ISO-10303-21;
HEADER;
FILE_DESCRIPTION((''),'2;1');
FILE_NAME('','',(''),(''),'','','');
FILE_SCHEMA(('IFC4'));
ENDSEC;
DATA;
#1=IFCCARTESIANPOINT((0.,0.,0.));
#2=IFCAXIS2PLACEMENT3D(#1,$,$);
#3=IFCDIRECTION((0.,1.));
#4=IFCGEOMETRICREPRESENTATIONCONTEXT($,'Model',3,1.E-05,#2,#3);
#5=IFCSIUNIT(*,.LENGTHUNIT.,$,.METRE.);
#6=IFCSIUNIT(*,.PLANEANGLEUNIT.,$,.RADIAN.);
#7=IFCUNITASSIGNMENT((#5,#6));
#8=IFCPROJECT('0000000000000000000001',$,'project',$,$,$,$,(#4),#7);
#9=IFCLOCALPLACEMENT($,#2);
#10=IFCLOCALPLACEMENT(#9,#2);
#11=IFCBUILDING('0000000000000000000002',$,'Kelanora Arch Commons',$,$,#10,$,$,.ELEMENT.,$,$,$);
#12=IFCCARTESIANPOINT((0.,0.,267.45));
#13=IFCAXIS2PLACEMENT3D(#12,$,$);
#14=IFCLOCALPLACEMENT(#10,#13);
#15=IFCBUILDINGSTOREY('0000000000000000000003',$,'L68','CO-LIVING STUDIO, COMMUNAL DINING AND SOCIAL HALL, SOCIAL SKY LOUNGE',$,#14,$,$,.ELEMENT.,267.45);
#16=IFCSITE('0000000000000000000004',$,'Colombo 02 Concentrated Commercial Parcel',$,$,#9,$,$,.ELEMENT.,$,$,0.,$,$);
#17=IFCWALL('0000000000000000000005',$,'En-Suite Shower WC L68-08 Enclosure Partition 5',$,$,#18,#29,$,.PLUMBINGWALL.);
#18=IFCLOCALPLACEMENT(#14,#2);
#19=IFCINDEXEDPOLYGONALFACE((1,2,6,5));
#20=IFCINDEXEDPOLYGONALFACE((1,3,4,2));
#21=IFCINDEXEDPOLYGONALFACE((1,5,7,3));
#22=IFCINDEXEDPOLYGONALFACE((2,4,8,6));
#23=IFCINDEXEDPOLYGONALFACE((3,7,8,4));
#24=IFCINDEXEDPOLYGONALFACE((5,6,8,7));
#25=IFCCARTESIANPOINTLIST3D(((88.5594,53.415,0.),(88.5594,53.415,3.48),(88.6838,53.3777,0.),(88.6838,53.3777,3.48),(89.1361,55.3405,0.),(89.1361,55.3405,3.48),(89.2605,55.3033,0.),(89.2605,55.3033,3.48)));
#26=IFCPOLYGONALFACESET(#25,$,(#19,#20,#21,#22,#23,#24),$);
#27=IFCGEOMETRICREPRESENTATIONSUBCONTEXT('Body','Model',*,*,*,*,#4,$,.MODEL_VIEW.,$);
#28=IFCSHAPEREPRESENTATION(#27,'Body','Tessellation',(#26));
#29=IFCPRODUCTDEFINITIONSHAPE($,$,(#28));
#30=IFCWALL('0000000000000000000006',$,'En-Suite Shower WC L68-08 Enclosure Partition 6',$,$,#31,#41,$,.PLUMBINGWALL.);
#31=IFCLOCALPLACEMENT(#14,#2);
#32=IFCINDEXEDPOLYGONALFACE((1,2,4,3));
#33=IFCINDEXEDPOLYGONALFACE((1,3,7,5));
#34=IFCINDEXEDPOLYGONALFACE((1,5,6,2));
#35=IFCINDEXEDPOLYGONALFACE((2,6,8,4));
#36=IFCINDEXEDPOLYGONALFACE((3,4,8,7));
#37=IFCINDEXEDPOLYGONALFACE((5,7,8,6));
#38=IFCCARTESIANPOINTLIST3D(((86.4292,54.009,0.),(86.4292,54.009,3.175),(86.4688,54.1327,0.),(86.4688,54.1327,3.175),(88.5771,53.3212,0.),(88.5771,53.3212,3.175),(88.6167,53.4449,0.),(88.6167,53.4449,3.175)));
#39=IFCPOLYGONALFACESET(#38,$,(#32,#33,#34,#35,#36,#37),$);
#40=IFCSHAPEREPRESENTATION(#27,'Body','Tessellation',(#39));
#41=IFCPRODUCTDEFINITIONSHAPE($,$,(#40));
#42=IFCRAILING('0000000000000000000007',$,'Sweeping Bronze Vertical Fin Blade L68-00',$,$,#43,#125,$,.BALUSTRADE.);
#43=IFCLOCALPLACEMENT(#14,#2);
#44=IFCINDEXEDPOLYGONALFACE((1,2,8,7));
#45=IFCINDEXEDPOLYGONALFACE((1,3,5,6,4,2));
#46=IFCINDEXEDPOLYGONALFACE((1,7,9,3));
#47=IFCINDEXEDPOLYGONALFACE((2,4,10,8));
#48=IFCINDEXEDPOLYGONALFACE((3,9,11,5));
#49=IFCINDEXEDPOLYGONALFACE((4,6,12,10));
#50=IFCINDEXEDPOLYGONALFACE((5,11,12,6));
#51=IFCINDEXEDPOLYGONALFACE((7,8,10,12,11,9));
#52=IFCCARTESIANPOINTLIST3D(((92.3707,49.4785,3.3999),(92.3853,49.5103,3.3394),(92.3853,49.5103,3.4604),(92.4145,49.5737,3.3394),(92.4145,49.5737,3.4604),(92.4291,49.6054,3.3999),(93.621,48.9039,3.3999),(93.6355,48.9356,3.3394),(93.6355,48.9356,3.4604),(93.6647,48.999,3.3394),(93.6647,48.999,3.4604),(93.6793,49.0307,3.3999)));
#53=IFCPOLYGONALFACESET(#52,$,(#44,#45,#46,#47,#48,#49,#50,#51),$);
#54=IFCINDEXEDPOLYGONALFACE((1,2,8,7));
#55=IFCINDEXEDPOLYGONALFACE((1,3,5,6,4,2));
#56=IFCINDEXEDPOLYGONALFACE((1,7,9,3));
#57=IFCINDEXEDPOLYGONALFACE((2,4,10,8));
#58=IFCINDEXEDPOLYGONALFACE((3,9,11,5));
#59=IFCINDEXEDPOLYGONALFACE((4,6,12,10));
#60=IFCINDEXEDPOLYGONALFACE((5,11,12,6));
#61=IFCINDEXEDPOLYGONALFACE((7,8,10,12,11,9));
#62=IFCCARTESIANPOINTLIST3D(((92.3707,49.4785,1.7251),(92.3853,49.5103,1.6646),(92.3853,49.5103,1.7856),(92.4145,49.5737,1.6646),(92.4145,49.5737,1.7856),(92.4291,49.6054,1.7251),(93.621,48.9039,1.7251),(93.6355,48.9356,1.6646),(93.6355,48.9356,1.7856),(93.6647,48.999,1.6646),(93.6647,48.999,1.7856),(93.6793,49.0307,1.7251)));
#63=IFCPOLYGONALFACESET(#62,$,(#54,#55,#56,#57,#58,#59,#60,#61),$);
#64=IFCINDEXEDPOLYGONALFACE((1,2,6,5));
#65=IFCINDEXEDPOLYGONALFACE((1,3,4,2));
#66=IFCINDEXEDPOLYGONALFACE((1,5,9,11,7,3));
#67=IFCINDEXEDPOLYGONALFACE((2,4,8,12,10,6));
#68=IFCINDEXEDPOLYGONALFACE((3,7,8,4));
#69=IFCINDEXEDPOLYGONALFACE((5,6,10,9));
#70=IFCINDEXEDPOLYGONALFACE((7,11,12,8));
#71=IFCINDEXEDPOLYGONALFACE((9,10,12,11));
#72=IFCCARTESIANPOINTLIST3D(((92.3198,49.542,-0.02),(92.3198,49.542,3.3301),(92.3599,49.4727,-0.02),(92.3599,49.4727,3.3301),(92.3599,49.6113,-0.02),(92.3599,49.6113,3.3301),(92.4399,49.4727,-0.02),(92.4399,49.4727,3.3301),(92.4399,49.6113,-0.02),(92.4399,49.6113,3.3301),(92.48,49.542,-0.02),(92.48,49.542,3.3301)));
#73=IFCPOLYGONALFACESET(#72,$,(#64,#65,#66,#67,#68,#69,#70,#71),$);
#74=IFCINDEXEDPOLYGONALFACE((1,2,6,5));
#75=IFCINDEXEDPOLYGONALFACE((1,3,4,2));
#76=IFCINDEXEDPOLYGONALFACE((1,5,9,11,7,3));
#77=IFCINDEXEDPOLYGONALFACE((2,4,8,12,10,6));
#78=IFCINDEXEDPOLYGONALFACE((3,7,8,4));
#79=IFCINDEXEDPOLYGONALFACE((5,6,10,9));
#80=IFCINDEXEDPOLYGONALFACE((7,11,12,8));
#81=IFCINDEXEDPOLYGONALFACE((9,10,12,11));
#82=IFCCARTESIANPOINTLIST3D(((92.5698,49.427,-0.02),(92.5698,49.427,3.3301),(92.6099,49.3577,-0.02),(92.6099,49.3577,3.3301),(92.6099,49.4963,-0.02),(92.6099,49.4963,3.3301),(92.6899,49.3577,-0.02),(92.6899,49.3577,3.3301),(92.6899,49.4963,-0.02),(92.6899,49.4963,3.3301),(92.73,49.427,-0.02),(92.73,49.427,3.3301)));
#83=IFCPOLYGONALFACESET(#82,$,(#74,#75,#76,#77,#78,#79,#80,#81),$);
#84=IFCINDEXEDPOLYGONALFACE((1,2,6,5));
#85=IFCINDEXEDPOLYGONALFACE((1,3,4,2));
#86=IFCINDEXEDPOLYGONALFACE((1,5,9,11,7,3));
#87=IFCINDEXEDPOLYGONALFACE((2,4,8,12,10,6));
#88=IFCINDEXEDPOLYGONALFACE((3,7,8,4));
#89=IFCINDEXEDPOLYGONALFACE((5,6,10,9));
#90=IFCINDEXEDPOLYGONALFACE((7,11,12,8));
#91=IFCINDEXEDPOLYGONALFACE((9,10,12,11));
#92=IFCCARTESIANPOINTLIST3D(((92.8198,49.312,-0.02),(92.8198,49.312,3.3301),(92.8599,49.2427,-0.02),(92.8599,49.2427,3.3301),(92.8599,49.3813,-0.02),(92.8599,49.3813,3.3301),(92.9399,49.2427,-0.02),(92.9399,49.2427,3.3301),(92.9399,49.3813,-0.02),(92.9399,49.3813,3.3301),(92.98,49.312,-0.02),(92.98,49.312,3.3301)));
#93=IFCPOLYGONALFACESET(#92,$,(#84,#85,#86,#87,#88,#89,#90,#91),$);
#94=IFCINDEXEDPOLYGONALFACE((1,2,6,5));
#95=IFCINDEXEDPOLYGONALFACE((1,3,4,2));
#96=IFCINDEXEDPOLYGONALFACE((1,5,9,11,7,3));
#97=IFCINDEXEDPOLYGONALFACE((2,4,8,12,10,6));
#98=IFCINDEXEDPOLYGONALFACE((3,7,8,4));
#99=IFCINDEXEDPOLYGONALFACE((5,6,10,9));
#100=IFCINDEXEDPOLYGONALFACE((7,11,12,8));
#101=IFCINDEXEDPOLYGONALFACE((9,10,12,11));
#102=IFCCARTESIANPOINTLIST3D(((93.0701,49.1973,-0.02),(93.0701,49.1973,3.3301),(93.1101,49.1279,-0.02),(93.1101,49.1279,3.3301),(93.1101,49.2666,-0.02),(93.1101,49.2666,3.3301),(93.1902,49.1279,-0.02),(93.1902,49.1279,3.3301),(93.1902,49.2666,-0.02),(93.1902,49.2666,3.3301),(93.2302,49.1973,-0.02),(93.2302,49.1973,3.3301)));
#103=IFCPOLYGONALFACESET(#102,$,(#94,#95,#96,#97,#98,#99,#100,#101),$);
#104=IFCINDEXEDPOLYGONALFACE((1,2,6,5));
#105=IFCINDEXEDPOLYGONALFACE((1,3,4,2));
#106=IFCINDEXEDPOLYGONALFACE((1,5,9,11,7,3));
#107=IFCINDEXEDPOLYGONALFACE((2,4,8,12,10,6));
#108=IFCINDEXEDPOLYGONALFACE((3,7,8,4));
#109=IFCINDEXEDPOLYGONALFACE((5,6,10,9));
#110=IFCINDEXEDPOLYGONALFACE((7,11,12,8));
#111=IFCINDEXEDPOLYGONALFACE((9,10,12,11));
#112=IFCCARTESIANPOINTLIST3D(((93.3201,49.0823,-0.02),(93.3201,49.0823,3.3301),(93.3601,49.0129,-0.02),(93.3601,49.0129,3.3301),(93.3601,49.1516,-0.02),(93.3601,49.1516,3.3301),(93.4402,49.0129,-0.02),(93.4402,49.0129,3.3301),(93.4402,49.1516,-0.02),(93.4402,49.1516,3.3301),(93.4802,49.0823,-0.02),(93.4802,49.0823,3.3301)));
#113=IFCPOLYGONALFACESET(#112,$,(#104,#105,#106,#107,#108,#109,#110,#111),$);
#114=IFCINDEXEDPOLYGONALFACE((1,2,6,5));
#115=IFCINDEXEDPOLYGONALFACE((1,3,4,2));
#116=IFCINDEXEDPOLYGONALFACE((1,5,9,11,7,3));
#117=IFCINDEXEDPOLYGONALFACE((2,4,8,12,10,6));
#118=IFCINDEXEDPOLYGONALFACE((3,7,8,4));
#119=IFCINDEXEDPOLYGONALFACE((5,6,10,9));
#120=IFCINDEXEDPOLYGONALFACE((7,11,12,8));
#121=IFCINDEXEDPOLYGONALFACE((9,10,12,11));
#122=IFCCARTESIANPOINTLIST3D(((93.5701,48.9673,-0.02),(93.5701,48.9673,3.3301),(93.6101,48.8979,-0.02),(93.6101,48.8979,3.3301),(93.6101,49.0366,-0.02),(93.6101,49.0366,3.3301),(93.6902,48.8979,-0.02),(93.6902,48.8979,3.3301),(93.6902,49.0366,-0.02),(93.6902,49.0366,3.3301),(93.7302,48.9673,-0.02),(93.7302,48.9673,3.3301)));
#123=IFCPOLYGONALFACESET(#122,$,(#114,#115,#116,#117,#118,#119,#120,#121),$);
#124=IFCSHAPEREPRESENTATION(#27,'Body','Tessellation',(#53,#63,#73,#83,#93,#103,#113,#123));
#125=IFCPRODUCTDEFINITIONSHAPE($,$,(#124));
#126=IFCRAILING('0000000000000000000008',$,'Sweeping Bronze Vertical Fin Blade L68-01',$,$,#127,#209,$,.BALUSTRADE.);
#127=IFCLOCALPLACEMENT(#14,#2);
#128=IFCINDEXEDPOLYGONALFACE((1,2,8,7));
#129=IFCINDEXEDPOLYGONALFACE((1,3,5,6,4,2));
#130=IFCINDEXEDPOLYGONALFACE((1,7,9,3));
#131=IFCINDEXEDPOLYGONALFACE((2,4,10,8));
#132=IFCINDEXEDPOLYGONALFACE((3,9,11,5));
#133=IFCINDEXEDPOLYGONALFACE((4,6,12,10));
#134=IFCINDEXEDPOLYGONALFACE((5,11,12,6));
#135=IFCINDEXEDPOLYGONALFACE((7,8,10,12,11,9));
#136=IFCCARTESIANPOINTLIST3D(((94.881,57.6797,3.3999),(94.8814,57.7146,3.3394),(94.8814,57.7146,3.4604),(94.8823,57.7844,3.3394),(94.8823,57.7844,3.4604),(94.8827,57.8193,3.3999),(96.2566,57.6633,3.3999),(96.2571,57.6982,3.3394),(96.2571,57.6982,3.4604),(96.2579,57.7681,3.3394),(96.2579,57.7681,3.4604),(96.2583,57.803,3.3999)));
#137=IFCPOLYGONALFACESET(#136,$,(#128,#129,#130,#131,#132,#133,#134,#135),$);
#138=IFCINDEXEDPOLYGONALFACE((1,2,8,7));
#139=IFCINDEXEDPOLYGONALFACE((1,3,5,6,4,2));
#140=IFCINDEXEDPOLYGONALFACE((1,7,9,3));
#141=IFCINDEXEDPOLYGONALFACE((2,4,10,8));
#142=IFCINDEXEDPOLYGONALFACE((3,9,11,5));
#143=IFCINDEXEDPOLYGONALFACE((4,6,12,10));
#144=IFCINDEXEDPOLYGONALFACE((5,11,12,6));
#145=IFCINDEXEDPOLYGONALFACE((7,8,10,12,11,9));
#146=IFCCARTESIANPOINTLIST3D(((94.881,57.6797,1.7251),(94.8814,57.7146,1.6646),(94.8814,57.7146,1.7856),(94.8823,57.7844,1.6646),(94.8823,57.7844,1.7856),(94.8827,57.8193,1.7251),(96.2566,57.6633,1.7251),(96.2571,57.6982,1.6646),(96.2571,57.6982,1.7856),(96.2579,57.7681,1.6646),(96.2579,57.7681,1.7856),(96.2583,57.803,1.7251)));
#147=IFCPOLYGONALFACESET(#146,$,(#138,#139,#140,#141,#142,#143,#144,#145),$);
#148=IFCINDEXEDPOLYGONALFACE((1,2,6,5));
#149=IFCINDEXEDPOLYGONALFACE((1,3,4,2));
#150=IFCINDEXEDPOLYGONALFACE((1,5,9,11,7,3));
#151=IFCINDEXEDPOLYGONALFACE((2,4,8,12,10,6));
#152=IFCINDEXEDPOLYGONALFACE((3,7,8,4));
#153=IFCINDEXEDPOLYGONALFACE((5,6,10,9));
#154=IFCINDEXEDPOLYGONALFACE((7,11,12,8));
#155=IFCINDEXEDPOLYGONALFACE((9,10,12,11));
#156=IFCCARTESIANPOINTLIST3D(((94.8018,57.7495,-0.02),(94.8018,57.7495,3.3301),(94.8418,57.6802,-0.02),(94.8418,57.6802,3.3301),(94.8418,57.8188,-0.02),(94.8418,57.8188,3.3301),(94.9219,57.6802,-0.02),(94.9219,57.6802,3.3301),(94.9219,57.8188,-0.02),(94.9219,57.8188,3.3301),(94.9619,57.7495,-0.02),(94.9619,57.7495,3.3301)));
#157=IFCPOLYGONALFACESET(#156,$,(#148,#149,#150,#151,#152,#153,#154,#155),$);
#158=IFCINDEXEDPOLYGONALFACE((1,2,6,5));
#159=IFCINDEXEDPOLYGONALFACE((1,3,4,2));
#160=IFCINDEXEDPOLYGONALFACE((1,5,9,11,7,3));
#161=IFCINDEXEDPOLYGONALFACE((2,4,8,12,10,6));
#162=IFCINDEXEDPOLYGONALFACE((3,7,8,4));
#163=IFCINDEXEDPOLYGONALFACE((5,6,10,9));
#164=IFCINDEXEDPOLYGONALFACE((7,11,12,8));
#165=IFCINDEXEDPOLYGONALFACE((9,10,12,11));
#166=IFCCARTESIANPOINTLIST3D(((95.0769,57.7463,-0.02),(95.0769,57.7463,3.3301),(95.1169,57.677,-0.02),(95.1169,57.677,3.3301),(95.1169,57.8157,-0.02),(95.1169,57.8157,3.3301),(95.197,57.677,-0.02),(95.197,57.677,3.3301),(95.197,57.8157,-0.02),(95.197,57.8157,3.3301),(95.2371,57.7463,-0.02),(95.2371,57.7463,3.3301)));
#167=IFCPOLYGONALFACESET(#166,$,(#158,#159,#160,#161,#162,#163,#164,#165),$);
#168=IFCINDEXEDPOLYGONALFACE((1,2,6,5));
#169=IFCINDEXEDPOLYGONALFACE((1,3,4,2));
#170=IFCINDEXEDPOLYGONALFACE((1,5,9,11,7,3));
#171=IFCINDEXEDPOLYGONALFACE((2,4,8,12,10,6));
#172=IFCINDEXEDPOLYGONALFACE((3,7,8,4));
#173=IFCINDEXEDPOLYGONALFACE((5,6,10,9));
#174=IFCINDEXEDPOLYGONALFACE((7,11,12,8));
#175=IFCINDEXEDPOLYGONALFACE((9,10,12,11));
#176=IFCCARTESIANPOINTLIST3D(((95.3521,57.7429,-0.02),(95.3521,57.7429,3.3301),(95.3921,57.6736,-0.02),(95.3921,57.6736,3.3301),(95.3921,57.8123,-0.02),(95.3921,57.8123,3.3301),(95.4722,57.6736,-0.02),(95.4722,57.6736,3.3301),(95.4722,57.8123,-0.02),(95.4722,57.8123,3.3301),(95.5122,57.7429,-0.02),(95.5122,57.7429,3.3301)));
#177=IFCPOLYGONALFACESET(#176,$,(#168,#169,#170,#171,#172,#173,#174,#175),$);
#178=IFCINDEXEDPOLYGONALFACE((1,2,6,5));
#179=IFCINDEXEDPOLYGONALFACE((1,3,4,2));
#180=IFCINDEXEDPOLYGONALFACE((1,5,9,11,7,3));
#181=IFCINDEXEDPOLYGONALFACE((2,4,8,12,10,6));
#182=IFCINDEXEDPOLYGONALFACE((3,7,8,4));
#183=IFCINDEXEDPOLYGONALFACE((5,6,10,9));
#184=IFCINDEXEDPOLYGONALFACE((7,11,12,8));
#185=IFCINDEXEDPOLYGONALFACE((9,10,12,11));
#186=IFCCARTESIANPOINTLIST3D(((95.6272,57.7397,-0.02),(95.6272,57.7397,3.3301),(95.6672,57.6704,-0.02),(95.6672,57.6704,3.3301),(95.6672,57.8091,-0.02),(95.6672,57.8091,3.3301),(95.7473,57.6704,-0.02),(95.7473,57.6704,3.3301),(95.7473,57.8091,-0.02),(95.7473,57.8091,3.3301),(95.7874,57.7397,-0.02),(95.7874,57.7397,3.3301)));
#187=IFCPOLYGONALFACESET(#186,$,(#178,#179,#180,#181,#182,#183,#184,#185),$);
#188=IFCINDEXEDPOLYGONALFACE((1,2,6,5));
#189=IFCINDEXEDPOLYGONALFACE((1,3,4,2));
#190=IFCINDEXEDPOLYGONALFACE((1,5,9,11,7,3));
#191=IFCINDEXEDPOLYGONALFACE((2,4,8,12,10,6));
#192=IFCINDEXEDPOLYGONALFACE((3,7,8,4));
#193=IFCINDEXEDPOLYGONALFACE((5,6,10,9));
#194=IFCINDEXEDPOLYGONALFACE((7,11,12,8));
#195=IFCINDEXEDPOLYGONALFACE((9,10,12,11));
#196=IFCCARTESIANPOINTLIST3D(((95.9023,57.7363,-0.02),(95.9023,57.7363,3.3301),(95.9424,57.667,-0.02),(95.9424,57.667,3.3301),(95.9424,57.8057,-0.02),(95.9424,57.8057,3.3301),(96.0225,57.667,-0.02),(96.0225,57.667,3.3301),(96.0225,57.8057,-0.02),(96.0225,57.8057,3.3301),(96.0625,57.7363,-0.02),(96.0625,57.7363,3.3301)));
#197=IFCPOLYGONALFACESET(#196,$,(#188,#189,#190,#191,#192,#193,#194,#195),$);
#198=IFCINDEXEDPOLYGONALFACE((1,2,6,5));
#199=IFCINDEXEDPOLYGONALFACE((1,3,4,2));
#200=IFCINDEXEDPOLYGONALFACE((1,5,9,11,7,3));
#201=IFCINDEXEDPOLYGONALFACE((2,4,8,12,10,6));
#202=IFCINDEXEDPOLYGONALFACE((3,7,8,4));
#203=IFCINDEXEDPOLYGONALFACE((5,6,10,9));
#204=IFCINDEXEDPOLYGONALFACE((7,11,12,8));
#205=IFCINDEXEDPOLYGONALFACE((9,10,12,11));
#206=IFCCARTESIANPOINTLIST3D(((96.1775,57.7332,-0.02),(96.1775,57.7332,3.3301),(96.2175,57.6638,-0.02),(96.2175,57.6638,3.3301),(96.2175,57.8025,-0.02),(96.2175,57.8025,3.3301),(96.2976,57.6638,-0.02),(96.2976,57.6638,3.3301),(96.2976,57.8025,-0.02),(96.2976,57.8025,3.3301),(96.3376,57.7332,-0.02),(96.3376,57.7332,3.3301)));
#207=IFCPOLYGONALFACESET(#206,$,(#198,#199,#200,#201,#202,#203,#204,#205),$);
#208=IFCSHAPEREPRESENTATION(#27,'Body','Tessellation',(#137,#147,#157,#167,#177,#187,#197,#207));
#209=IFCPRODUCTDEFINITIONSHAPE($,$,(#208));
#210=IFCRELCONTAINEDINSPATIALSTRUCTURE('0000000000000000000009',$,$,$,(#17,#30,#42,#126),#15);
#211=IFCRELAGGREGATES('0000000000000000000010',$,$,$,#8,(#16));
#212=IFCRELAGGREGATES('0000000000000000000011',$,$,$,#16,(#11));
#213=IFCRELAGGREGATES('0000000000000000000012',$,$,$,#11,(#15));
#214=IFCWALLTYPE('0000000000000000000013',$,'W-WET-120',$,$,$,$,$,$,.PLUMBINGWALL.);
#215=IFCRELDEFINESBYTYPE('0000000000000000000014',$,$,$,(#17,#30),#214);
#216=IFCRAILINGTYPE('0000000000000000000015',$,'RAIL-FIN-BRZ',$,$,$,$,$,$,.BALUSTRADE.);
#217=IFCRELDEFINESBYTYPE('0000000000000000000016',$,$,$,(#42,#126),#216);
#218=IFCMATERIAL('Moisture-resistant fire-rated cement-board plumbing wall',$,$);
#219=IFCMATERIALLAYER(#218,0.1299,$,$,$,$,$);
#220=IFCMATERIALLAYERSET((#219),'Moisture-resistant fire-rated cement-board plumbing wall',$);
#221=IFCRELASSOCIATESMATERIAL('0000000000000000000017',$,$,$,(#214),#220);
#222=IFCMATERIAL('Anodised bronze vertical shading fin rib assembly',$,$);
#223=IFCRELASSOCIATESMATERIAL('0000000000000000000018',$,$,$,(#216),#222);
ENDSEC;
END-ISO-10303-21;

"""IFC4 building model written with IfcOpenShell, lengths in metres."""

from ifc_helpers import new_model, si_unit, direction, frame, frame_2d, origin, place, context, subcontext, project, spatial, polyline, rectangle, outline, extrude, material, layer, layer_set, type_object, element, save


model = new_model("IFC4")

# Units and contexts
model_context = context("Model", 3, precision=1e-05, world=origin(), true_north=direction((0.0, 1.0)))
body_context = subcontext(model_context, "Body", "Model", "MODEL_VIEW")
ifc_project = project(units=[si_unit("LENGTHUNIT", "METRE"), si_unit("PLANEANGLEUNIT", "RADIAN")], contexts=[model_context])

# Site, building, storey
site_placement = place(None, origin())
site = spatial("IfcSite", under=ifc_project, at=site_placement, Name="Colombo 02 Concentrated Commercial Parcel", CompositionType="ELEMENT", RefElevation=0.0)
building_placement = place(site_placement, origin())
building = spatial("IfcBuilding", under=site, at=building_placement, Name="Kelanora Arch Commons", CompositionType="ELEMENT")
storey_placement = place(building_placement, frame((0.0, 0.0, 267.45)))
storey = spatial("IfcBuildingStorey", under=building, at=storey_placement, Name="L68", Description="CO-LIVING STUDIO, COMMUNAL DINING AND SOCIAL HALL, SOCIAL SKY LOUNGE", CompositionType="ELEMENT", Elevation=267.45)

# Shared definitions
ifc_material_1 = material(Name="Moisture-resistant fire-rated cement-board plumbing wall")
ifc_layer_1 = layer(ifc_material_1, 0.1299)
ifc_layer_set_1 = layer_set([ifc_layer_1], Name="Moisture-resistant fire-rated cement-board plumbing wall")
wall_type_1 = type_object("IfcWallType", Name="W-WET-120", PredefinedType="PLUMBINGWALL", material=ifc_layer_set_1)

# Walls
wall_1_placement = place(storey_placement, frame((89.1982, 55.3218, 0.0), z_axis=(0.0, 0.0, 1.0), x_axis=(-0.286891, -0.957963, 0.0)))
element("IfcWall", 1, at=wall_1_placement, inside=storey, type_object=wall_type_1, Name="En-Suite Shower WC L68-08 Enclosure Partition 5", PredefinedType="PLUMBINGWALL", context=body_context, shape_type="SweptSolid", body=[
    extrude(rectangle(XDim=2.01, YDim=0.1299, at=frame_2d((1.0049, 0.0))), origin(), (0.0, 0.0, 1.0), 3.48),
])
wall_2_placement = place(storey_placement, frame((88.5969, 53.3831, 0.0), z_axis=(0.0, 0.0, 1.0), x_axis=(-0.952373, 0.304937, 0.0)))
element("IfcWall", 2, at=wall_2_placement, inside=storey, type_object=wall_type_1, Name="En-Suite Shower WC L68-08 Enclosure Partition 6", PredefinedType="PLUMBINGWALL", context=body_context, shape_type="SweptSolid", body=[
    extrude(rectangle(XDim=2.2554, YDim=0.1299, at=frame_2d((1.1277, 0.0))), origin(), (0.0, 0.0, 1.0), 3.175),
])

# Railings
ifc_material_2 = material(Name="Anodised bronze vertical shading fin rib assembly")
railing_type = type_object("IfcRailingType", Name="RAIL-FIN-BRZ", PredefinedType="BALUSTRADE", material=ifc_material_2)
railing_1_placement = place(storey_placement, frame((92.3999, 49.542, -0.02)))
element("IfcRailing", 3, at=railing_1_placement, inside=storey, type_object=railing_type, Name="Sweeping Bronze Vertical Fin Blade L68-00", PredefinedType="BALUSTRADE", context=body_context, shape_type="SweptSolid", body=[
    extrude(outline(polyline([(0.0698, 0.0), (0.0349, 0.0605), (-0.0349, 0.0605), (-0.0698, 0.0), (-0.0349, -0.0605), (0.0349, -0.0605), (0.0698, 0.0)])), frame((0.0, 0.0, 3.4199), z_axis=(0.908602, -0.417663, 0.0), x_axis=(0.417663, 0.908602, 0.0)), (0.0, 0.0, 1.0), 1.376),
    extrude(outline(polyline([(0.0698, 0.0), (0.0349, 0.0605), (-0.0349, 0.0605), (-0.0698, 0.0), (-0.0349, -0.0605), (0.0349, -0.0605), (0.0698, 0.0)])), frame((0.0, 0.0, 1.7451), z_axis=(0.908602, -0.417663, 0.0), x_axis=(0.417663, 0.908602, 0.0)), (0.0, 0.0, 1.0), 1.376),
    extrude(outline(polyline([(0.0801, 0.0), (0.04, 0.0693), (-0.04, 0.0693), (-0.0801, 0.0), (-0.04, -0.0693), (0.04, -0.0693), (0.0801, 0.0)])), origin(), (0.0, 0.0, 1.0), 3.3501),
    extrude(outline(polyline([(0.0801, 0.0), (0.04, 0.0693), (-0.04, 0.0693), (-0.0801, 0.0), (-0.04, -0.0693), (0.04, -0.0693), (0.0801, 0.0)])), frame((0.25, -0.115, 0.0)), (0.0, 0.0, 1.0), 3.3501),
    extrude(outline(polyline([(0.0801, 0.0), (0.04, 0.0693), (-0.04, 0.0693), (-0.0801, 0.0), (-0.04, -0.0693), (0.04, -0.0693), (0.0801, 0.0)])), frame((0.5, -0.23, 0.0)), (0.0, 0.0, 1.0), 3.3501),
    extrude(outline(polyline([(0.0801, 0.0), (0.04, 0.0693), (-0.04, 0.0693), (-0.0801, 0.0), (-0.04, -0.0693), (0.04, -0.0693), (0.0801, 0.0)])), frame((0.7502, -0.3447, 0.0)), (0.0, 0.0, 1.0), 3.3501),
    extrude(outline(polyline([(0.0801, 0.0), (0.04, 0.0693), (-0.04, 0.0693), (-0.0801, 0.0), (-0.04, -0.0693), (0.04, -0.0693), (0.0801, 0.0)])), frame((1.0002, -0.4597, 0.0)), (0.0, 0.0, 1.0), 3.3501),
    extrude(outline(polyline([(0.0801, 0.0), (0.04, 0.0693), (-0.04, 0.0693), (-0.0801, 0.0), (-0.04, -0.0693), (0.04, -0.0693), (0.0801, 0.0)])), frame((1.2502, -0.5747, 0.0)), (0.0, 0.0, 1.0), 3.3501),
])
railing_2_placement = place(storey_placement, frame((94.8818, 57.7495, -0.02)))
element("IfcRailing", 4, at=railing_2_placement, inside=storey, type_object=railing_type, Name="Sweeping Bronze Vertical Fin Blade L68-01", PredefinedType="BALUSTRADE", context=body_context, shape_type="SweptSolid", body=[
    extrude(outline(polyline([(0.0698, 0.0), (0.0349, 0.0605), (-0.0349, 0.0605), (-0.0698, 0.0), (-0.0349, -0.0605), (0.0349, -0.0605), (0.0698, 0.0)])), frame((0.0, 0.0, 3.4199), z_axis=(0.999929, -0.011889, 0.0), x_axis=(0.011889, 0.999929, 0.0)), (0.0, 0.0, 1.0), 1.3757),
    extrude(outline(polyline([(0.0698, 0.0), (0.0349, 0.0605), (-0.0349, 0.0605), (-0.0698, 0.0), (-0.0349, -0.0605), (0.0349, -0.0605), (0.0698, 0.0)])), frame((0.0, 0.0, 1.7451), z_axis=(0.999929, -0.011889, 0.0), x_axis=(0.011889, 0.999929, 0.0)), (0.0, 0.0, 1.0), 1.3757),
    extrude(outline(polyline([(0.0801, 0.0), (0.04, 0.0693), (-0.04, 0.0693), (-0.0801, 0.0), (-0.04, -0.0693), (0.04, -0.0693), (0.0801, 0.0)])), origin(), (0.0, 0.0, 1.0), 3.3501),
    extrude(outline(polyline([(0.0801, 0.0), (0.04, 0.0693), (-0.04, 0.0693), (-0.0801, 0.0), (-0.04, -0.0693), (0.04, -0.0693), (0.0801, 0.0)])), frame((0.2751, -0.0032, 0.0)), (0.0, 0.0, 1.0), 3.3501),
    extrude(outline(polyline([(0.0801, 0.0), (0.04, 0.0693), (-0.04, 0.0693), (-0.0801, 0.0), (-0.04, -0.0693), (0.04, -0.0693), (0.0801, 0.0)])), frame((0.5503, -0.0066, 0.0)), (0.0, 0.0, 1.0), 3.3501),
    extrude(outline(polyline([(0.0801, 0.0), (0.04, 0.0693), (-0.04, 0.0693), (-0.0801, 0.0), (-0.04, -0.0693), (0.04, -0.0693), (0.0801, 0.0)])), frame((0.8254, -0.0098, 0.0)), (0.0, 0.0, 1.0), 3.3501),
    extrude(outline(polyline([(0.0801, 0.0), (0.04, 0.0693), (-0.04, 0.0693), (-0.0801, 0.0), (-0.04, -0.0693), (0.04, -0.0693), (0.0801, 0.0)])), frame((1.1006, -0.0132, 0.0)), (0.0, 0.0, 1.0), 3.3501),
    extrude(outline(polyline([(0.0801, 0.0), (0.04, 0.0693), (-0.04, 0.0693), (-0.0801, 0.0), (-0.04, -0.0693), (0.04, -0.0693), (0.0801, 0.0)])), frame((1.3757, -0.0164, 0.0)), (0.0, 0.0, 1.0), 3.3501),
])

save(model, "model.ifc")
